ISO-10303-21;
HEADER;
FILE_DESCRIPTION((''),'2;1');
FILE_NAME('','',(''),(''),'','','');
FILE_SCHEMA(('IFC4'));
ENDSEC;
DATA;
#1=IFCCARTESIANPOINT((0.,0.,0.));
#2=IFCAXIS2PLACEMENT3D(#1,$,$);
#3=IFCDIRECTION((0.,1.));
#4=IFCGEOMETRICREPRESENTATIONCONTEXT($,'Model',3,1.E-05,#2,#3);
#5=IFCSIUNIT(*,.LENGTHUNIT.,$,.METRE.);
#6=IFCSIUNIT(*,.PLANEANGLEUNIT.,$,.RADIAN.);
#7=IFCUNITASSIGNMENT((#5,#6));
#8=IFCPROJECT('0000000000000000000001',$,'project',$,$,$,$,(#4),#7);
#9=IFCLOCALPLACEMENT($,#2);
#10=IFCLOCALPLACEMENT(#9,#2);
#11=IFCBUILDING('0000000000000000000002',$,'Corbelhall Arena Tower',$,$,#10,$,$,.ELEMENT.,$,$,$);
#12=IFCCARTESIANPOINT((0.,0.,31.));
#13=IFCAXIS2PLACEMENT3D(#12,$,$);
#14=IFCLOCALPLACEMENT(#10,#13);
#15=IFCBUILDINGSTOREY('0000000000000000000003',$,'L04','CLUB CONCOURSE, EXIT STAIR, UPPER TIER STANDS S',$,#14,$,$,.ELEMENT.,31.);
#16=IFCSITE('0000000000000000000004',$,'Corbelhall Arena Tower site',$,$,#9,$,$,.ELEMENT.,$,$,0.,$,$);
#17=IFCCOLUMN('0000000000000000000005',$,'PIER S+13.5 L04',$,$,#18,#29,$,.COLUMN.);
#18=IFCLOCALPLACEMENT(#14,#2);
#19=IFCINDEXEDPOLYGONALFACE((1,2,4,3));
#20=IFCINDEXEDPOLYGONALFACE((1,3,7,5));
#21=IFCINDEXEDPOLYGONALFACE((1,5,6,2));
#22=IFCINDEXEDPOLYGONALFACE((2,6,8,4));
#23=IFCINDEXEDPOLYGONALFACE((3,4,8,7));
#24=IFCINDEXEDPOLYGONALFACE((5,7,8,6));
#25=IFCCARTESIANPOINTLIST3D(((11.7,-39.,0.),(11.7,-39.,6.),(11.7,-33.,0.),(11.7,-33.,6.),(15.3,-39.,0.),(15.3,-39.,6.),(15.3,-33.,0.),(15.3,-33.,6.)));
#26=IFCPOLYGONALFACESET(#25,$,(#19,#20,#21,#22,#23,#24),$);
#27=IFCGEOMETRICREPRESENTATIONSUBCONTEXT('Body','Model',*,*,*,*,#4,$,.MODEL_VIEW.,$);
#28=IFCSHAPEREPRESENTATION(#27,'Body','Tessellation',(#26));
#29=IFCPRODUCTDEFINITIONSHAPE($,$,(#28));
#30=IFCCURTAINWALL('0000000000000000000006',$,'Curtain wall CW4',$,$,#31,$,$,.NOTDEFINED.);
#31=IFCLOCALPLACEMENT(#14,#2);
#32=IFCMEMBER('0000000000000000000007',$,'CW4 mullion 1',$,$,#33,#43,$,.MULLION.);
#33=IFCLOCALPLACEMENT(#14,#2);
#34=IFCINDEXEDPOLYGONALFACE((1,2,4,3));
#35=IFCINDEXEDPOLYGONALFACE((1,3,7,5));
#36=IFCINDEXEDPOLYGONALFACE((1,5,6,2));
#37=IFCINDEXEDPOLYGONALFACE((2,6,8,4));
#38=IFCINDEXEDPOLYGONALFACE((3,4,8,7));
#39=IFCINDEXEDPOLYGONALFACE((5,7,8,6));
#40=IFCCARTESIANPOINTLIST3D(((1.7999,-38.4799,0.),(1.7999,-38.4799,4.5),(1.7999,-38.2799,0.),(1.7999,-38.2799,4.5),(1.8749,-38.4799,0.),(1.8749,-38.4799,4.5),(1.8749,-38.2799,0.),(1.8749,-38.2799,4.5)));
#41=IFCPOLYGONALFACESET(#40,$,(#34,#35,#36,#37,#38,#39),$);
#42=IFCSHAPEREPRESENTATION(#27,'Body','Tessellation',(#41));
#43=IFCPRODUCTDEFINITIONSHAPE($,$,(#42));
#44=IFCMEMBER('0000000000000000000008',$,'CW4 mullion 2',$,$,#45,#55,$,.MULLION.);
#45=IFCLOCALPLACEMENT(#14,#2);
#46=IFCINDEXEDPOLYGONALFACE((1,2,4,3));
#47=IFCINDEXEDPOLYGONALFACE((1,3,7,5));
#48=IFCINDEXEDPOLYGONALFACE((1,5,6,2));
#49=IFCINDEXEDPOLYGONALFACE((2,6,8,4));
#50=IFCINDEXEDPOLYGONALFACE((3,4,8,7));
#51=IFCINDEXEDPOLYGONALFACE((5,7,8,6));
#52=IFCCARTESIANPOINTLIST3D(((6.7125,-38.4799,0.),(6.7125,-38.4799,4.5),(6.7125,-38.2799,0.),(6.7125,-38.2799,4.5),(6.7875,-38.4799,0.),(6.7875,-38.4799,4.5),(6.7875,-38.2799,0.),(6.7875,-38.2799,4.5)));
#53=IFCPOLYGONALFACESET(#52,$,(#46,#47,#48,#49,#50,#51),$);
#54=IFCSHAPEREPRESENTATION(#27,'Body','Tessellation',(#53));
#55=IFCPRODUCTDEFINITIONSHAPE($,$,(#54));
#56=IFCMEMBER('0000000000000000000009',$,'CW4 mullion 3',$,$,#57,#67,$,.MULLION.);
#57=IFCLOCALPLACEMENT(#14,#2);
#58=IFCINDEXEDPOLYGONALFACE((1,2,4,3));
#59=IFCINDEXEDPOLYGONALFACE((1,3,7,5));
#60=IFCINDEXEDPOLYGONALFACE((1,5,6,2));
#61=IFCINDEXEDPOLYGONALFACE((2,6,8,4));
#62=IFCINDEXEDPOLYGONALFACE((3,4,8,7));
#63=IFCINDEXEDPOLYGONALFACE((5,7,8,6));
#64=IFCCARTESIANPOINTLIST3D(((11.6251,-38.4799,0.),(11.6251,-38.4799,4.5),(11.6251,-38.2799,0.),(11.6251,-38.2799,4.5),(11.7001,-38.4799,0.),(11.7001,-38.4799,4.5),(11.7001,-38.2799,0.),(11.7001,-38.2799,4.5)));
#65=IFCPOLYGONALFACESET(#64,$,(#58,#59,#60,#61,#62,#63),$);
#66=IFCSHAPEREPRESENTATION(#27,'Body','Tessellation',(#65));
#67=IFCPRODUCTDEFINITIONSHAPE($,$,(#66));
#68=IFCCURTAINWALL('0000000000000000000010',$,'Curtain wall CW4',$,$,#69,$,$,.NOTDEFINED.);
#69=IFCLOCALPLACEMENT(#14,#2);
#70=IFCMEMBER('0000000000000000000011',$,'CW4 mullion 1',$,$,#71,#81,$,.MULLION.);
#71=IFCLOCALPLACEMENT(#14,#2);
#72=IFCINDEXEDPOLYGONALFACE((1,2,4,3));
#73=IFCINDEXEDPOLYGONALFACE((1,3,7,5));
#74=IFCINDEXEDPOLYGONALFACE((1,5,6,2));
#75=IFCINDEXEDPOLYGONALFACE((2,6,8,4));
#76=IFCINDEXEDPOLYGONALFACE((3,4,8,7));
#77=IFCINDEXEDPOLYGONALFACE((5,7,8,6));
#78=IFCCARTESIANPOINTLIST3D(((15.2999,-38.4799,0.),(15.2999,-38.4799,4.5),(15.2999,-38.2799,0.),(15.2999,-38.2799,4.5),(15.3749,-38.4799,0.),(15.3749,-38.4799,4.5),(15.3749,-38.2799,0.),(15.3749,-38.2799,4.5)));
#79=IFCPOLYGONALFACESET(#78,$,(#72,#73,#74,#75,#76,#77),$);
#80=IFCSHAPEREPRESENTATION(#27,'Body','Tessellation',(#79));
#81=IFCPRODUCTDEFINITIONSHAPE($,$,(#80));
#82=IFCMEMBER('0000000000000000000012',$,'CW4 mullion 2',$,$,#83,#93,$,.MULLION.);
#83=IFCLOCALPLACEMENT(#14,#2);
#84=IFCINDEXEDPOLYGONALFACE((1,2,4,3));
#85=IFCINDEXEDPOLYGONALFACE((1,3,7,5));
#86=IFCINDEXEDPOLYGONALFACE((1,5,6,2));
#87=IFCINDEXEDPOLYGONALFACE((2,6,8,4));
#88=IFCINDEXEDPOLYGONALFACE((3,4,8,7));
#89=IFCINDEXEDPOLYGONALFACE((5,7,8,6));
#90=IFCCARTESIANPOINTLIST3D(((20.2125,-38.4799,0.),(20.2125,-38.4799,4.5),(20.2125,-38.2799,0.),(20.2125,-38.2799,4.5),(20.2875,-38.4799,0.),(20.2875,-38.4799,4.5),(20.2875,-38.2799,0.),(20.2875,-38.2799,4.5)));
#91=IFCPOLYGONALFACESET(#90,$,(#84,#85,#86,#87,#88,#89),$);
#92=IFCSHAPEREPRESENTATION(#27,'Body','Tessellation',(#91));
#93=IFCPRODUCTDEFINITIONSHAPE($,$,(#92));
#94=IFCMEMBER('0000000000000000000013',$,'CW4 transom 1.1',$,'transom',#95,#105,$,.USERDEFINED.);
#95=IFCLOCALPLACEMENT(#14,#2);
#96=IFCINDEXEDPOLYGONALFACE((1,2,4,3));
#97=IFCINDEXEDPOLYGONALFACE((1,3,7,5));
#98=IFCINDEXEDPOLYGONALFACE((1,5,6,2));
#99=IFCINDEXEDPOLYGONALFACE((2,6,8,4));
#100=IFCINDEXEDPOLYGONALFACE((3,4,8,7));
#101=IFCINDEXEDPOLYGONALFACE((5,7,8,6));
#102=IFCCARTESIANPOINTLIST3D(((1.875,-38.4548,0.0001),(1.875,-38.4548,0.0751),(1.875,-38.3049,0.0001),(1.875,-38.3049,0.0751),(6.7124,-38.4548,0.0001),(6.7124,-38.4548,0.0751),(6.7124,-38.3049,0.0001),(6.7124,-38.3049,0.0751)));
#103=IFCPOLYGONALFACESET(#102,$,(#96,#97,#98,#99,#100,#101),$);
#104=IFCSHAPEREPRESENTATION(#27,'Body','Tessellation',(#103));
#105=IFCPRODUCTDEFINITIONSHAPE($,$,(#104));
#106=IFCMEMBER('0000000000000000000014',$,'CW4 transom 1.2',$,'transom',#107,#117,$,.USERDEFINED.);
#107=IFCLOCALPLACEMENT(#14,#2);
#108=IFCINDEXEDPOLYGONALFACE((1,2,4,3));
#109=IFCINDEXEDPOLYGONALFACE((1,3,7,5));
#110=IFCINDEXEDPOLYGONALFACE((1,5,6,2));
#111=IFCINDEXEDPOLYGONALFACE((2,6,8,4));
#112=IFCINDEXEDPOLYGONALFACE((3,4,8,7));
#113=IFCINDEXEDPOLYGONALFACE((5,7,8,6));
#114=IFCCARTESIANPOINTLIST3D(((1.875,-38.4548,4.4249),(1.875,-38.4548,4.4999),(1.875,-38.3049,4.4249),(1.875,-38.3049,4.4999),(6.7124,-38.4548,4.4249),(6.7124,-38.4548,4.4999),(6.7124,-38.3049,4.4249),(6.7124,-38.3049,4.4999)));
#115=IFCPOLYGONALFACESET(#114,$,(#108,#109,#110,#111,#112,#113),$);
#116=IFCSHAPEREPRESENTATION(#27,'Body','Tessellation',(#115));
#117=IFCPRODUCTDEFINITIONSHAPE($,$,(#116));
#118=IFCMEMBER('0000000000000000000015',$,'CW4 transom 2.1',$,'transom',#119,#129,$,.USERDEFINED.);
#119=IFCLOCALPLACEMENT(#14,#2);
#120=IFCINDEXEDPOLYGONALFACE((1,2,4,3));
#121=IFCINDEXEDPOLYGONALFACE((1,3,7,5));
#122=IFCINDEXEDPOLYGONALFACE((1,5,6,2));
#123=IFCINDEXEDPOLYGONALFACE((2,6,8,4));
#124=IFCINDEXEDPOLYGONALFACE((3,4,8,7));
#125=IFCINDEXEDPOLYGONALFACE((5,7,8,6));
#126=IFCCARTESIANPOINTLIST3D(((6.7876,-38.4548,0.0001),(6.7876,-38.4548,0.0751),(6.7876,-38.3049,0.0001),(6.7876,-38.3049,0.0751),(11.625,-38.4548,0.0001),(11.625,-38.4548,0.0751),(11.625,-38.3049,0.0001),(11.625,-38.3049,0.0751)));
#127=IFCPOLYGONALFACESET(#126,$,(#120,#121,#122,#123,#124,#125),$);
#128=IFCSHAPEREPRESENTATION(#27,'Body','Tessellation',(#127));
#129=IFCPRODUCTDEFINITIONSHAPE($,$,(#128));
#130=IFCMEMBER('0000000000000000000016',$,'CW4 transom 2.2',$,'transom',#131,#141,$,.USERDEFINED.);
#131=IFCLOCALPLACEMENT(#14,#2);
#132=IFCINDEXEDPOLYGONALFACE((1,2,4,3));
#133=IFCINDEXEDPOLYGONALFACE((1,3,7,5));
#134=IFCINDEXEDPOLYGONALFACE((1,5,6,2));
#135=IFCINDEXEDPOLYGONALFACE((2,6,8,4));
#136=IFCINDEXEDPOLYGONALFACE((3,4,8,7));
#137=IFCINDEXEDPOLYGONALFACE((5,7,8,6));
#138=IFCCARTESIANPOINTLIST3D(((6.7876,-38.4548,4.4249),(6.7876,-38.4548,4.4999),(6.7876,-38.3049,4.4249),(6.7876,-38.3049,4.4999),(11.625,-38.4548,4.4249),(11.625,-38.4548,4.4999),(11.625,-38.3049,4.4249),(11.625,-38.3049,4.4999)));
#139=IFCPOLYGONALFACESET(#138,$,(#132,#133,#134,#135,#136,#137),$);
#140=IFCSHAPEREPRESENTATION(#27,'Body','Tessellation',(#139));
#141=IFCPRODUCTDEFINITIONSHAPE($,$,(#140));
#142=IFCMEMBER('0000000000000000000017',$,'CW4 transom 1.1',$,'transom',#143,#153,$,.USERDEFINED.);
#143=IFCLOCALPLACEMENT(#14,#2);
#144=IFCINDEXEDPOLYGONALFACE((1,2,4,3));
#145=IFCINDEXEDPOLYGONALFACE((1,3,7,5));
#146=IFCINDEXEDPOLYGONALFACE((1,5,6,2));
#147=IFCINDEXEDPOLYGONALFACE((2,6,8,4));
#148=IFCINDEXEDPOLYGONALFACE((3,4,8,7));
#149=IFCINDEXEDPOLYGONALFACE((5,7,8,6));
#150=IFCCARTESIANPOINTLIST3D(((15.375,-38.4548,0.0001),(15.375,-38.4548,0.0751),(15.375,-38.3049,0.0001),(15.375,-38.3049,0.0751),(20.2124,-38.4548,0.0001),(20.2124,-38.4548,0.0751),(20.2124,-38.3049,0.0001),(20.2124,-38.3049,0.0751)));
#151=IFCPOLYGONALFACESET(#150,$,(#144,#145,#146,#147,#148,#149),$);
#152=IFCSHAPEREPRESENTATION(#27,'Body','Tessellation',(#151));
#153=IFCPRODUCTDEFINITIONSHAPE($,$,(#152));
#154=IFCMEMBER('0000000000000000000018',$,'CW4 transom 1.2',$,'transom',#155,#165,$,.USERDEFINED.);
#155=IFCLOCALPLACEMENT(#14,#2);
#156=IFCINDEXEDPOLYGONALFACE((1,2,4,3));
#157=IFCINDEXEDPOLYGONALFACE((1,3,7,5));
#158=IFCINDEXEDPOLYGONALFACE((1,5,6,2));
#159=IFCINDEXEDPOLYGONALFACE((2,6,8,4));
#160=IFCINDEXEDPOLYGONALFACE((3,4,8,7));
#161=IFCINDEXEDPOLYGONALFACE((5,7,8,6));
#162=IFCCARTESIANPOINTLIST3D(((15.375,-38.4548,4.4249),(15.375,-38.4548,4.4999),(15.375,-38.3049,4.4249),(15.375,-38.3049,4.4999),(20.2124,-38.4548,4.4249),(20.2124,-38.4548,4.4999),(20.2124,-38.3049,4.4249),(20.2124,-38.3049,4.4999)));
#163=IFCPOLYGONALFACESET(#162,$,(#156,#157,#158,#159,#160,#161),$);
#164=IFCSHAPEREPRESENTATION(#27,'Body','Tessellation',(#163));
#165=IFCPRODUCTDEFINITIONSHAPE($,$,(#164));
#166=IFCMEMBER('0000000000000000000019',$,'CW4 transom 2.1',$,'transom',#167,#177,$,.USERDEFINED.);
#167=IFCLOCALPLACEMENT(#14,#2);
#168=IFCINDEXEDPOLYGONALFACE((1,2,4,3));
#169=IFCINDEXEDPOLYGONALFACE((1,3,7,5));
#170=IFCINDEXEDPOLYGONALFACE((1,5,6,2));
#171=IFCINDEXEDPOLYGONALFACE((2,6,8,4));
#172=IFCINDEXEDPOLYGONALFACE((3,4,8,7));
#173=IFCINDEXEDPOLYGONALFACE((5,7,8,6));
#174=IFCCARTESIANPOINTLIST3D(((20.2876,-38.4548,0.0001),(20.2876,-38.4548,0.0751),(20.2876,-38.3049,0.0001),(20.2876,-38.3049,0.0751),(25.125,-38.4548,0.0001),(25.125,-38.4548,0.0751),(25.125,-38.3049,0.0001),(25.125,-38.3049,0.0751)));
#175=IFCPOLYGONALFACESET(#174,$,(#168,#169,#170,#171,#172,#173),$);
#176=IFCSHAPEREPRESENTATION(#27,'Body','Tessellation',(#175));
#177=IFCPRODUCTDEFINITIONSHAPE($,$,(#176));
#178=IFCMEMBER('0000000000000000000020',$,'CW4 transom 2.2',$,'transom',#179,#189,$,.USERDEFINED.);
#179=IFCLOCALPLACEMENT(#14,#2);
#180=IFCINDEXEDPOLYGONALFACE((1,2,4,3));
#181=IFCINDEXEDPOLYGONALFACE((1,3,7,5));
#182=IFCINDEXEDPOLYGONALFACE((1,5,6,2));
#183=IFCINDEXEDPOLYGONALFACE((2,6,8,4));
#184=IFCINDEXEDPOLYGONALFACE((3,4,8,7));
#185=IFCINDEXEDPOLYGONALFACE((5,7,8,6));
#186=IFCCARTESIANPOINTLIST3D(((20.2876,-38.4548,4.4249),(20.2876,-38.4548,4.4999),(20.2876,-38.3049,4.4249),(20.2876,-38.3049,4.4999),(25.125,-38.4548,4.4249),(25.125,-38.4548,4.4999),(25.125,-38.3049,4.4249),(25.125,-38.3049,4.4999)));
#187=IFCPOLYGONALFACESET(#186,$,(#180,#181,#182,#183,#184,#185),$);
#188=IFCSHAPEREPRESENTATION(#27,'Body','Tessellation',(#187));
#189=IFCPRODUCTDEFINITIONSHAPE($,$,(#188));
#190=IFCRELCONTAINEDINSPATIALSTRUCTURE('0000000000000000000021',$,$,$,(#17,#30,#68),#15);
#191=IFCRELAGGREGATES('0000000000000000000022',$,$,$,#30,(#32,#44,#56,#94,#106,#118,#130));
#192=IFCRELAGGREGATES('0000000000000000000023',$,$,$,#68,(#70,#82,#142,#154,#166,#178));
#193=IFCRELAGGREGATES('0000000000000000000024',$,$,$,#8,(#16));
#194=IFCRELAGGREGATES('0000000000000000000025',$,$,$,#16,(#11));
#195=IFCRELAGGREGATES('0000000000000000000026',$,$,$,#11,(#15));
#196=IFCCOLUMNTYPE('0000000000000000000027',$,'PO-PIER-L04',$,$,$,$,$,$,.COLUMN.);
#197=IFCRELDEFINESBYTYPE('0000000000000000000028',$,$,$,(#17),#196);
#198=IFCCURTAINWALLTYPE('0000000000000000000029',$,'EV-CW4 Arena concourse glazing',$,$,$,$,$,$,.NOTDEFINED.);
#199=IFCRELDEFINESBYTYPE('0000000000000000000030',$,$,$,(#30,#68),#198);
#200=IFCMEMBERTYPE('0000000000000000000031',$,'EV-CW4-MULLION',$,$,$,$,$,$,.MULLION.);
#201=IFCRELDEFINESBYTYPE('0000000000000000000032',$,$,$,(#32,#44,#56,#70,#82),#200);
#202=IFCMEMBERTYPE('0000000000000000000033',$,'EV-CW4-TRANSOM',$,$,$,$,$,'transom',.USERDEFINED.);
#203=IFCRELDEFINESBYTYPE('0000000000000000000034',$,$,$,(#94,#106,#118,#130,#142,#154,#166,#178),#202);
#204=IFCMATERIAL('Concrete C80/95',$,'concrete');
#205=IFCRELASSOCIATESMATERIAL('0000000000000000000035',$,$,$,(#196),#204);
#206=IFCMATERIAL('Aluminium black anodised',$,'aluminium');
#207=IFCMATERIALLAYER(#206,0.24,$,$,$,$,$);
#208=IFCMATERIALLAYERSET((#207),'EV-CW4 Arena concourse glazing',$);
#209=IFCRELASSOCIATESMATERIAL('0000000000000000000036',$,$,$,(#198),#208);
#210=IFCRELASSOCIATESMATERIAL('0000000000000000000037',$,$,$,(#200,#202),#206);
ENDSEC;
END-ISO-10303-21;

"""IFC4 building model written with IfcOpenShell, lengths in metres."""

from ifc_helpers import new_model, si_unit, direction, frame, origin, origin_2d, place, context, subcontext, project, spatial, rectangle, extrude, material, layer, layer_set, material_profile, profile_set, type_object, element, aggregate, save


model = new_model("IFC4")

# Units and contexts
model_context = context("Model", 3, precision=1e-05, world=origin(), true_north=direction((0.0, 1.0)))
body_context = subcontext(model_context, "Body", "Model", "MODEL_VIEW")
ifc_project = project(units=[si_unit("LENGTHUNIT", "METRE"), si_unit("PLANEANGLEUNIT", "RADIAN")], contexts=[model_context])

# Site, building, storey
site_placement = place(None, origin())
site = spatial("IfcSite", under=ifc_project, at=site_placement, Name="Corbelhall Arena Tower site", CompositionType="ELEMENT", RefElevation=0.0)
building_placement = place(site_placement, origin())
building = spatial("IfcBuilding", under=site, at=building_placement, Name="Corbelhall Arena Tower", CompositionType="ELEMENT")
storey_placement = place(building_placement, frame((0.0, 0.0, 31.0)))
storey = spatial("IfcBuildingStorey", under=building, at=storey_placement, Name="L04", Description="CLUB CONCOURSE, EXIT STAIR, UPPER TIER STANDS S", CompositionType="ELEMENT", Elevation=31.0)

# Column
ifc_material_1 = material(Name="Concrete C80/95", Category="concrete")
ifc_material_profile_1 = material_profile(ifc_material_1, rectangle(XDim=3.6001, YDim=6.0, at=origin_2d()))
ifc_profile_set_1 = profile_set([ifc_material_profile_1], Name="Concrete C80/95")
column_type = type_object("IfcColumnType", Name="PO-PIER-L04", PredefinedType="COLUMN", material=ifc_profile_set_1)
column_placement = place(storey_placement, frame((13.5, -36.0, 0.0), z_axis=(0.0, 0.0, 1.0), x_axis=(1.0, 0.0, 0.0)))
element("IfcColumn", 1, at=column_placement, inside=storey, type_object=column_type, Name="PIER S+13.5 L04", PredefinedType="COLUMN", context=body_context, shape_type="SweptSolid", body=[
    extrude(rectangle(XDim=3.6001, YDim=6.0, at=origin_2d()), origin(), (0.0, 0.0, 1.0), 6.0),
])

# Curtain walls, members
ifc_material_2 = material(Name="Aluminium black anodised", Category="aluminium")
ifc_layer_1 = layer(ifc_material_2, 0.24)
ifc_layer_set_1 = layer_set([ifc_layer_1], Name="EV-CW4 Arena concourse glazing")
curtain_wall_type = type_object("IfcCurtainWallType", Name="EV-CW4 Arena concourse glazing", PredefinedType="NOTDEFINED", material=ifc_layer_set_1)
curtain_wall_1_placement = place(storey_placement, origin())
curtain_wall_1 = element("IfcCurtainWall", 2, at=curtain_wall_1_placement, inside=storey, type_object=curtain_wall_type, Name="Curtain wall CW4", PredefinedType="NOTDEFINED")
ifc_material_profile_2 = material_profile(ifc_material_2, rectangle(XDim=0.2, YDim=0.075, at=origin_2d()))
ifc_profile_set_2 = profile_set([ifc_material_profile_2], Name="Aluminium black anodised")
member_type_1 = type_object("IfcMemberType", Name="EV-CW4-MULLION", PredefinedType="MULLION", material=ifc_profile_set_2)
member_1_placement = place(storey_placement, frame((1.8374, -38.3799, 0.0), z_axis=(0.0, 0.0, 1.0), x_axis=(0.0, 1.0, 0.0)))
member_1 = element("IfcMember", 3, at=member_1_placement, type_object=member_type_1, Name="CW4 mullion 1", PredefinedType="MULLION", context=body_context, shape_type="SweptSolid", body=[
    extrude(rectangle(XDim=0.2, YDim=0.075, at=origin_2d()), origin(), (0.0, 0.0, 1.0), 4.5),
])
member_2_placement = place(storey_placement, frame((6.75, -38.3799, 0.0), z_axis=(0.0, 0.0, 1.0), x_axis=(0.0, 1.0, 0.0)))
member_2 = element("IfcMember", 4, at=member_2_placement, type_object=member_type_1, Name="CW4 mullion 2", PredefinedType="MULLION", context=body_context, shape_type="SweptSolid", body=[
    extrude(rectangle(XDim=0.2, YDim=0.075, at=origin_2d()), origin(), (0.0, 0.0, 1.0), 4.5),
])
member_3_placement = place(storey_placement, frame((11.6626, -38.3799, 0.0), z_axis=(0.0, 0.0, 1.0), x_axis=(0.0, 1.0, 0.0)))
member_3 = element("IfcMember", 5, at=member_3_placement, type_object=member_type_1, Name="CW4 mullion 3", PredefinedType="MULLION", context=body_context, shape_type="SweptSolid", body=[
    extrude(rectangle(XDim=0.2, YDim=0.075, at=origin_2d()), origin(), (0.0, 0.0, 1.0), 4.5),
])
curtain_wall_2_placement = place(storey_placement, origin())
curtain_wall_2 = element("IfcCurtainWall", 6, at=curtain_wall_2_placement, inside=storey, type_object=curtain_wall_type, Name="Curtain wall CW4", PredefinedType="NOTDEFINED")
member_4_placement = place(storey_placement, frame((15.3374, -38.3799, 0.0), z_axis=(0.0, 0.0, 1.0), x_axis=(0.0, 1.0, 0.0)))
member_4 = element("IfcMember", 7, at=member_4_placement, type_object=member_type_1, Name="CW4 mullion 1", PredefinedType="MULLION", context=body_context, shape_type="SweptSolid", body=[
    extrude(rectangle(XDim=0.2, YDim=0.075, at=origin_2d()), origin(), (0.0, 0.0, 1.0), 4.5),
])
member_5_placement = place(storey_placement, frame((20.25, -38.3799, 0.0), z_axis=(0.0, 0.0, 1.0), x_axis=(0.0, 1.0, 0.0)))
member_5 = element("IfcMember", 8, at=member_5_placement, type_object=member_type_1, Name="CW4 mullion 2", PredefinedType="MULLION", context=body_context, shape_type="SweptSolid", body=[
    extrude(rectangle(XDim=0.2, YDim=0.075, at=origin_2d()), origin(), (0.0, 0.0, 1.0), 4.5),
])

# Members
ifc_material_profile_3 = material_profile(ifc_material_2, rectangle(XDim=0.1499, YDim=0.075, at=origin_2d()))
ifc_profile_set_3 = profile_set([ifc_material_profile_3], Name="Aluminium black anodised")
member_type_2 = type_object("IfcMemberType", Name="EV-CW4-TRANSOM", ElementType="transom", PredefinedType="USERDEFINED", material=ifc_profile_set_3)
member_6_placement = place(storey_placement, frame((1.875, -38.3799, 0.0376), z_axis=(1.0, 0.0, 0.0), x_axis=(0.0, 1.0, 0.0)))
member_6 = element("IfcMember", 9, at=member_6_placement, type_object=member_type_2, Name="CW4 transom 1.1", ObjectType="transom", PredefinedType="USERDEFINED", context=body_context, shape_type="SweptSolid", body=[
    extrude(rectangle(XDim=0.1499, YDim=0.075, at=origin_2d()), origin(), (0.0, 0.0, 1.0), 4.8374),
])
member_7_placement = place(storey_placement, frame((1.875, -38.3799, 4.4624), z_axis=(1.0, 0.0, 0.0), x_axis=(0.0, 1.0, 0.0)))
member_7 = element("IfcMember", 10, at=member_7_placement, type_object=member_type_2, Name="CW4 transom 1.2", ObjectType="transom", PredefinedType="USERDEFINED", context=body_context, shape_type="SweptSolid", body=[
    extrude(rectangle(XDim=0.1499, YDim=0.075, at=origin_2d()), origin(), (0.0, 0.0, 1.0), 4.8374),
])
member_8_placement = place(storey_placement, frame((6.7876, -38.3799, 0.0376), z_axis=(1.0, 0.0, 0.0), x_axis=(0.0, 1.0, 0.0)))
member_8 = element("IfcMember", 11, at=member_8_placement, type_object=member_type_2, Name="CW4 transom 2.1", ObjectType="transom", PredefinedType="USERDEFINED", context=body_context, shape_type="SweptSolid", body=[
    extrude(rectangle(XDim=0.1499, YDim=0.075, at=origin_2d()), origin(), (0.0, 0.0, 1.0), 4.8374),
])
member_9_placement = place(storey_placement, frame((6.7876, -38.3799, 4.4624), z_axis=(1.0, 0.0, 0.0), x_axis=(0.0, 1.0, 0.0)))
member_9 = element("IfcMember", 12, at=member_9_placement, type_object=member_type_2, Name="CW4 transom 2.2", ObjectType="transom", PredefinedType="USERDEFINED", context=body_context, shape_type="SweptSolid", body=[
    extrude(rectangle(XDim=0.1499, YDim=0.075, at=origin_2d()), origin(), (0.0, 0.0, 1.0), 4.8374),
])
member_10_placement = place(storey_placement, frame((15.375, -38.3799, 0.0376), z_axis=(1.0, 0.0, 0.0), x_axis=(0.0, 1.0, 0.0)))
member_10 = element("IfcMember", 13, at=member_10_placement, type_object=member_type_2, Name="CW4 transom 1.1", ObjectType="transom", PredefinedType="USERDEFINED", context=body_context, shape_type="SweptSolid", body=[
    extrude(rectangle(XDim=0.1499, YDim=0.075, at=origin_2d()), origin(), (0.0, 0.0, 1.0), 4.8374),
])
member_11_placement = place(storey_placement, frame((15.375, -38.3799, 4.4624), z_axis=(1.0, 0.0, 0.0), x_axis=(0.0, 1.0, 0.0)))
member_11 = element("IfcMember", 14, at=member_11_placement, type_object=member_type_2, Name="CW4 transom 1.2", ObjectType="transom", PredefinedType="USERDEFINED", context=body_context, shape_type="SweptSolid", body=[
    extrude(rectangle(XDim=0.1499, YDim=0.075, at=origin_2d()), origin(), (0.0, 0.0, 1.0), 4.8374),
])
member_12_placement = place(storey_placement, frame((20.2876, -38.3799, 0.0376), z_axis=(1.0, 0.0, 0.0), x_axis=(0.0, 1.0, 0.0)))
member_12 = element("IfcMember", 15, at=member_12_placement, type_object=member_type_2, Name="CW4 transom 2.1", ObjectType="transom", PredefinedType="USERDEFINED", context=body_context, shape_type="SweptSolid", body=[
    extrude(rectangle(XDim=0.1499, YDim=0.075, at=origin_2d()), origin(), (0.0, 0.0, 1.0), 4.8374),
])
member_13_placement = place(storey_placement, frame((20.2876, -38.3799, 4.4624), z_axis=(1.0, 0.0, 0.0), x_axis=(0.0, 1.0, 0.0)))
member_13 = element("IfcMember", 16, at=member_13_placement, type_object=member_type_2, Name="CW4 transom 2.2", ObjectType="transom", PredefinedType="USERDEFINED", context=body_context, shape_type="SweptSolid", body=[
    extrude(rectangle(XDim=0.1499, YDim=0.075, at=origin_2d()), origin(), (0.0, 0.0, 1.0), 4.8374),
])

aggregate(curtain_wall_1, [member_1, member_2, member_3, member_6, member_7, member_8, member_9])
aggregate(curtain_wall_2, [member_4, member_5, member_10, member_11, member_12, member_13])

save(model, "model.ifc")
